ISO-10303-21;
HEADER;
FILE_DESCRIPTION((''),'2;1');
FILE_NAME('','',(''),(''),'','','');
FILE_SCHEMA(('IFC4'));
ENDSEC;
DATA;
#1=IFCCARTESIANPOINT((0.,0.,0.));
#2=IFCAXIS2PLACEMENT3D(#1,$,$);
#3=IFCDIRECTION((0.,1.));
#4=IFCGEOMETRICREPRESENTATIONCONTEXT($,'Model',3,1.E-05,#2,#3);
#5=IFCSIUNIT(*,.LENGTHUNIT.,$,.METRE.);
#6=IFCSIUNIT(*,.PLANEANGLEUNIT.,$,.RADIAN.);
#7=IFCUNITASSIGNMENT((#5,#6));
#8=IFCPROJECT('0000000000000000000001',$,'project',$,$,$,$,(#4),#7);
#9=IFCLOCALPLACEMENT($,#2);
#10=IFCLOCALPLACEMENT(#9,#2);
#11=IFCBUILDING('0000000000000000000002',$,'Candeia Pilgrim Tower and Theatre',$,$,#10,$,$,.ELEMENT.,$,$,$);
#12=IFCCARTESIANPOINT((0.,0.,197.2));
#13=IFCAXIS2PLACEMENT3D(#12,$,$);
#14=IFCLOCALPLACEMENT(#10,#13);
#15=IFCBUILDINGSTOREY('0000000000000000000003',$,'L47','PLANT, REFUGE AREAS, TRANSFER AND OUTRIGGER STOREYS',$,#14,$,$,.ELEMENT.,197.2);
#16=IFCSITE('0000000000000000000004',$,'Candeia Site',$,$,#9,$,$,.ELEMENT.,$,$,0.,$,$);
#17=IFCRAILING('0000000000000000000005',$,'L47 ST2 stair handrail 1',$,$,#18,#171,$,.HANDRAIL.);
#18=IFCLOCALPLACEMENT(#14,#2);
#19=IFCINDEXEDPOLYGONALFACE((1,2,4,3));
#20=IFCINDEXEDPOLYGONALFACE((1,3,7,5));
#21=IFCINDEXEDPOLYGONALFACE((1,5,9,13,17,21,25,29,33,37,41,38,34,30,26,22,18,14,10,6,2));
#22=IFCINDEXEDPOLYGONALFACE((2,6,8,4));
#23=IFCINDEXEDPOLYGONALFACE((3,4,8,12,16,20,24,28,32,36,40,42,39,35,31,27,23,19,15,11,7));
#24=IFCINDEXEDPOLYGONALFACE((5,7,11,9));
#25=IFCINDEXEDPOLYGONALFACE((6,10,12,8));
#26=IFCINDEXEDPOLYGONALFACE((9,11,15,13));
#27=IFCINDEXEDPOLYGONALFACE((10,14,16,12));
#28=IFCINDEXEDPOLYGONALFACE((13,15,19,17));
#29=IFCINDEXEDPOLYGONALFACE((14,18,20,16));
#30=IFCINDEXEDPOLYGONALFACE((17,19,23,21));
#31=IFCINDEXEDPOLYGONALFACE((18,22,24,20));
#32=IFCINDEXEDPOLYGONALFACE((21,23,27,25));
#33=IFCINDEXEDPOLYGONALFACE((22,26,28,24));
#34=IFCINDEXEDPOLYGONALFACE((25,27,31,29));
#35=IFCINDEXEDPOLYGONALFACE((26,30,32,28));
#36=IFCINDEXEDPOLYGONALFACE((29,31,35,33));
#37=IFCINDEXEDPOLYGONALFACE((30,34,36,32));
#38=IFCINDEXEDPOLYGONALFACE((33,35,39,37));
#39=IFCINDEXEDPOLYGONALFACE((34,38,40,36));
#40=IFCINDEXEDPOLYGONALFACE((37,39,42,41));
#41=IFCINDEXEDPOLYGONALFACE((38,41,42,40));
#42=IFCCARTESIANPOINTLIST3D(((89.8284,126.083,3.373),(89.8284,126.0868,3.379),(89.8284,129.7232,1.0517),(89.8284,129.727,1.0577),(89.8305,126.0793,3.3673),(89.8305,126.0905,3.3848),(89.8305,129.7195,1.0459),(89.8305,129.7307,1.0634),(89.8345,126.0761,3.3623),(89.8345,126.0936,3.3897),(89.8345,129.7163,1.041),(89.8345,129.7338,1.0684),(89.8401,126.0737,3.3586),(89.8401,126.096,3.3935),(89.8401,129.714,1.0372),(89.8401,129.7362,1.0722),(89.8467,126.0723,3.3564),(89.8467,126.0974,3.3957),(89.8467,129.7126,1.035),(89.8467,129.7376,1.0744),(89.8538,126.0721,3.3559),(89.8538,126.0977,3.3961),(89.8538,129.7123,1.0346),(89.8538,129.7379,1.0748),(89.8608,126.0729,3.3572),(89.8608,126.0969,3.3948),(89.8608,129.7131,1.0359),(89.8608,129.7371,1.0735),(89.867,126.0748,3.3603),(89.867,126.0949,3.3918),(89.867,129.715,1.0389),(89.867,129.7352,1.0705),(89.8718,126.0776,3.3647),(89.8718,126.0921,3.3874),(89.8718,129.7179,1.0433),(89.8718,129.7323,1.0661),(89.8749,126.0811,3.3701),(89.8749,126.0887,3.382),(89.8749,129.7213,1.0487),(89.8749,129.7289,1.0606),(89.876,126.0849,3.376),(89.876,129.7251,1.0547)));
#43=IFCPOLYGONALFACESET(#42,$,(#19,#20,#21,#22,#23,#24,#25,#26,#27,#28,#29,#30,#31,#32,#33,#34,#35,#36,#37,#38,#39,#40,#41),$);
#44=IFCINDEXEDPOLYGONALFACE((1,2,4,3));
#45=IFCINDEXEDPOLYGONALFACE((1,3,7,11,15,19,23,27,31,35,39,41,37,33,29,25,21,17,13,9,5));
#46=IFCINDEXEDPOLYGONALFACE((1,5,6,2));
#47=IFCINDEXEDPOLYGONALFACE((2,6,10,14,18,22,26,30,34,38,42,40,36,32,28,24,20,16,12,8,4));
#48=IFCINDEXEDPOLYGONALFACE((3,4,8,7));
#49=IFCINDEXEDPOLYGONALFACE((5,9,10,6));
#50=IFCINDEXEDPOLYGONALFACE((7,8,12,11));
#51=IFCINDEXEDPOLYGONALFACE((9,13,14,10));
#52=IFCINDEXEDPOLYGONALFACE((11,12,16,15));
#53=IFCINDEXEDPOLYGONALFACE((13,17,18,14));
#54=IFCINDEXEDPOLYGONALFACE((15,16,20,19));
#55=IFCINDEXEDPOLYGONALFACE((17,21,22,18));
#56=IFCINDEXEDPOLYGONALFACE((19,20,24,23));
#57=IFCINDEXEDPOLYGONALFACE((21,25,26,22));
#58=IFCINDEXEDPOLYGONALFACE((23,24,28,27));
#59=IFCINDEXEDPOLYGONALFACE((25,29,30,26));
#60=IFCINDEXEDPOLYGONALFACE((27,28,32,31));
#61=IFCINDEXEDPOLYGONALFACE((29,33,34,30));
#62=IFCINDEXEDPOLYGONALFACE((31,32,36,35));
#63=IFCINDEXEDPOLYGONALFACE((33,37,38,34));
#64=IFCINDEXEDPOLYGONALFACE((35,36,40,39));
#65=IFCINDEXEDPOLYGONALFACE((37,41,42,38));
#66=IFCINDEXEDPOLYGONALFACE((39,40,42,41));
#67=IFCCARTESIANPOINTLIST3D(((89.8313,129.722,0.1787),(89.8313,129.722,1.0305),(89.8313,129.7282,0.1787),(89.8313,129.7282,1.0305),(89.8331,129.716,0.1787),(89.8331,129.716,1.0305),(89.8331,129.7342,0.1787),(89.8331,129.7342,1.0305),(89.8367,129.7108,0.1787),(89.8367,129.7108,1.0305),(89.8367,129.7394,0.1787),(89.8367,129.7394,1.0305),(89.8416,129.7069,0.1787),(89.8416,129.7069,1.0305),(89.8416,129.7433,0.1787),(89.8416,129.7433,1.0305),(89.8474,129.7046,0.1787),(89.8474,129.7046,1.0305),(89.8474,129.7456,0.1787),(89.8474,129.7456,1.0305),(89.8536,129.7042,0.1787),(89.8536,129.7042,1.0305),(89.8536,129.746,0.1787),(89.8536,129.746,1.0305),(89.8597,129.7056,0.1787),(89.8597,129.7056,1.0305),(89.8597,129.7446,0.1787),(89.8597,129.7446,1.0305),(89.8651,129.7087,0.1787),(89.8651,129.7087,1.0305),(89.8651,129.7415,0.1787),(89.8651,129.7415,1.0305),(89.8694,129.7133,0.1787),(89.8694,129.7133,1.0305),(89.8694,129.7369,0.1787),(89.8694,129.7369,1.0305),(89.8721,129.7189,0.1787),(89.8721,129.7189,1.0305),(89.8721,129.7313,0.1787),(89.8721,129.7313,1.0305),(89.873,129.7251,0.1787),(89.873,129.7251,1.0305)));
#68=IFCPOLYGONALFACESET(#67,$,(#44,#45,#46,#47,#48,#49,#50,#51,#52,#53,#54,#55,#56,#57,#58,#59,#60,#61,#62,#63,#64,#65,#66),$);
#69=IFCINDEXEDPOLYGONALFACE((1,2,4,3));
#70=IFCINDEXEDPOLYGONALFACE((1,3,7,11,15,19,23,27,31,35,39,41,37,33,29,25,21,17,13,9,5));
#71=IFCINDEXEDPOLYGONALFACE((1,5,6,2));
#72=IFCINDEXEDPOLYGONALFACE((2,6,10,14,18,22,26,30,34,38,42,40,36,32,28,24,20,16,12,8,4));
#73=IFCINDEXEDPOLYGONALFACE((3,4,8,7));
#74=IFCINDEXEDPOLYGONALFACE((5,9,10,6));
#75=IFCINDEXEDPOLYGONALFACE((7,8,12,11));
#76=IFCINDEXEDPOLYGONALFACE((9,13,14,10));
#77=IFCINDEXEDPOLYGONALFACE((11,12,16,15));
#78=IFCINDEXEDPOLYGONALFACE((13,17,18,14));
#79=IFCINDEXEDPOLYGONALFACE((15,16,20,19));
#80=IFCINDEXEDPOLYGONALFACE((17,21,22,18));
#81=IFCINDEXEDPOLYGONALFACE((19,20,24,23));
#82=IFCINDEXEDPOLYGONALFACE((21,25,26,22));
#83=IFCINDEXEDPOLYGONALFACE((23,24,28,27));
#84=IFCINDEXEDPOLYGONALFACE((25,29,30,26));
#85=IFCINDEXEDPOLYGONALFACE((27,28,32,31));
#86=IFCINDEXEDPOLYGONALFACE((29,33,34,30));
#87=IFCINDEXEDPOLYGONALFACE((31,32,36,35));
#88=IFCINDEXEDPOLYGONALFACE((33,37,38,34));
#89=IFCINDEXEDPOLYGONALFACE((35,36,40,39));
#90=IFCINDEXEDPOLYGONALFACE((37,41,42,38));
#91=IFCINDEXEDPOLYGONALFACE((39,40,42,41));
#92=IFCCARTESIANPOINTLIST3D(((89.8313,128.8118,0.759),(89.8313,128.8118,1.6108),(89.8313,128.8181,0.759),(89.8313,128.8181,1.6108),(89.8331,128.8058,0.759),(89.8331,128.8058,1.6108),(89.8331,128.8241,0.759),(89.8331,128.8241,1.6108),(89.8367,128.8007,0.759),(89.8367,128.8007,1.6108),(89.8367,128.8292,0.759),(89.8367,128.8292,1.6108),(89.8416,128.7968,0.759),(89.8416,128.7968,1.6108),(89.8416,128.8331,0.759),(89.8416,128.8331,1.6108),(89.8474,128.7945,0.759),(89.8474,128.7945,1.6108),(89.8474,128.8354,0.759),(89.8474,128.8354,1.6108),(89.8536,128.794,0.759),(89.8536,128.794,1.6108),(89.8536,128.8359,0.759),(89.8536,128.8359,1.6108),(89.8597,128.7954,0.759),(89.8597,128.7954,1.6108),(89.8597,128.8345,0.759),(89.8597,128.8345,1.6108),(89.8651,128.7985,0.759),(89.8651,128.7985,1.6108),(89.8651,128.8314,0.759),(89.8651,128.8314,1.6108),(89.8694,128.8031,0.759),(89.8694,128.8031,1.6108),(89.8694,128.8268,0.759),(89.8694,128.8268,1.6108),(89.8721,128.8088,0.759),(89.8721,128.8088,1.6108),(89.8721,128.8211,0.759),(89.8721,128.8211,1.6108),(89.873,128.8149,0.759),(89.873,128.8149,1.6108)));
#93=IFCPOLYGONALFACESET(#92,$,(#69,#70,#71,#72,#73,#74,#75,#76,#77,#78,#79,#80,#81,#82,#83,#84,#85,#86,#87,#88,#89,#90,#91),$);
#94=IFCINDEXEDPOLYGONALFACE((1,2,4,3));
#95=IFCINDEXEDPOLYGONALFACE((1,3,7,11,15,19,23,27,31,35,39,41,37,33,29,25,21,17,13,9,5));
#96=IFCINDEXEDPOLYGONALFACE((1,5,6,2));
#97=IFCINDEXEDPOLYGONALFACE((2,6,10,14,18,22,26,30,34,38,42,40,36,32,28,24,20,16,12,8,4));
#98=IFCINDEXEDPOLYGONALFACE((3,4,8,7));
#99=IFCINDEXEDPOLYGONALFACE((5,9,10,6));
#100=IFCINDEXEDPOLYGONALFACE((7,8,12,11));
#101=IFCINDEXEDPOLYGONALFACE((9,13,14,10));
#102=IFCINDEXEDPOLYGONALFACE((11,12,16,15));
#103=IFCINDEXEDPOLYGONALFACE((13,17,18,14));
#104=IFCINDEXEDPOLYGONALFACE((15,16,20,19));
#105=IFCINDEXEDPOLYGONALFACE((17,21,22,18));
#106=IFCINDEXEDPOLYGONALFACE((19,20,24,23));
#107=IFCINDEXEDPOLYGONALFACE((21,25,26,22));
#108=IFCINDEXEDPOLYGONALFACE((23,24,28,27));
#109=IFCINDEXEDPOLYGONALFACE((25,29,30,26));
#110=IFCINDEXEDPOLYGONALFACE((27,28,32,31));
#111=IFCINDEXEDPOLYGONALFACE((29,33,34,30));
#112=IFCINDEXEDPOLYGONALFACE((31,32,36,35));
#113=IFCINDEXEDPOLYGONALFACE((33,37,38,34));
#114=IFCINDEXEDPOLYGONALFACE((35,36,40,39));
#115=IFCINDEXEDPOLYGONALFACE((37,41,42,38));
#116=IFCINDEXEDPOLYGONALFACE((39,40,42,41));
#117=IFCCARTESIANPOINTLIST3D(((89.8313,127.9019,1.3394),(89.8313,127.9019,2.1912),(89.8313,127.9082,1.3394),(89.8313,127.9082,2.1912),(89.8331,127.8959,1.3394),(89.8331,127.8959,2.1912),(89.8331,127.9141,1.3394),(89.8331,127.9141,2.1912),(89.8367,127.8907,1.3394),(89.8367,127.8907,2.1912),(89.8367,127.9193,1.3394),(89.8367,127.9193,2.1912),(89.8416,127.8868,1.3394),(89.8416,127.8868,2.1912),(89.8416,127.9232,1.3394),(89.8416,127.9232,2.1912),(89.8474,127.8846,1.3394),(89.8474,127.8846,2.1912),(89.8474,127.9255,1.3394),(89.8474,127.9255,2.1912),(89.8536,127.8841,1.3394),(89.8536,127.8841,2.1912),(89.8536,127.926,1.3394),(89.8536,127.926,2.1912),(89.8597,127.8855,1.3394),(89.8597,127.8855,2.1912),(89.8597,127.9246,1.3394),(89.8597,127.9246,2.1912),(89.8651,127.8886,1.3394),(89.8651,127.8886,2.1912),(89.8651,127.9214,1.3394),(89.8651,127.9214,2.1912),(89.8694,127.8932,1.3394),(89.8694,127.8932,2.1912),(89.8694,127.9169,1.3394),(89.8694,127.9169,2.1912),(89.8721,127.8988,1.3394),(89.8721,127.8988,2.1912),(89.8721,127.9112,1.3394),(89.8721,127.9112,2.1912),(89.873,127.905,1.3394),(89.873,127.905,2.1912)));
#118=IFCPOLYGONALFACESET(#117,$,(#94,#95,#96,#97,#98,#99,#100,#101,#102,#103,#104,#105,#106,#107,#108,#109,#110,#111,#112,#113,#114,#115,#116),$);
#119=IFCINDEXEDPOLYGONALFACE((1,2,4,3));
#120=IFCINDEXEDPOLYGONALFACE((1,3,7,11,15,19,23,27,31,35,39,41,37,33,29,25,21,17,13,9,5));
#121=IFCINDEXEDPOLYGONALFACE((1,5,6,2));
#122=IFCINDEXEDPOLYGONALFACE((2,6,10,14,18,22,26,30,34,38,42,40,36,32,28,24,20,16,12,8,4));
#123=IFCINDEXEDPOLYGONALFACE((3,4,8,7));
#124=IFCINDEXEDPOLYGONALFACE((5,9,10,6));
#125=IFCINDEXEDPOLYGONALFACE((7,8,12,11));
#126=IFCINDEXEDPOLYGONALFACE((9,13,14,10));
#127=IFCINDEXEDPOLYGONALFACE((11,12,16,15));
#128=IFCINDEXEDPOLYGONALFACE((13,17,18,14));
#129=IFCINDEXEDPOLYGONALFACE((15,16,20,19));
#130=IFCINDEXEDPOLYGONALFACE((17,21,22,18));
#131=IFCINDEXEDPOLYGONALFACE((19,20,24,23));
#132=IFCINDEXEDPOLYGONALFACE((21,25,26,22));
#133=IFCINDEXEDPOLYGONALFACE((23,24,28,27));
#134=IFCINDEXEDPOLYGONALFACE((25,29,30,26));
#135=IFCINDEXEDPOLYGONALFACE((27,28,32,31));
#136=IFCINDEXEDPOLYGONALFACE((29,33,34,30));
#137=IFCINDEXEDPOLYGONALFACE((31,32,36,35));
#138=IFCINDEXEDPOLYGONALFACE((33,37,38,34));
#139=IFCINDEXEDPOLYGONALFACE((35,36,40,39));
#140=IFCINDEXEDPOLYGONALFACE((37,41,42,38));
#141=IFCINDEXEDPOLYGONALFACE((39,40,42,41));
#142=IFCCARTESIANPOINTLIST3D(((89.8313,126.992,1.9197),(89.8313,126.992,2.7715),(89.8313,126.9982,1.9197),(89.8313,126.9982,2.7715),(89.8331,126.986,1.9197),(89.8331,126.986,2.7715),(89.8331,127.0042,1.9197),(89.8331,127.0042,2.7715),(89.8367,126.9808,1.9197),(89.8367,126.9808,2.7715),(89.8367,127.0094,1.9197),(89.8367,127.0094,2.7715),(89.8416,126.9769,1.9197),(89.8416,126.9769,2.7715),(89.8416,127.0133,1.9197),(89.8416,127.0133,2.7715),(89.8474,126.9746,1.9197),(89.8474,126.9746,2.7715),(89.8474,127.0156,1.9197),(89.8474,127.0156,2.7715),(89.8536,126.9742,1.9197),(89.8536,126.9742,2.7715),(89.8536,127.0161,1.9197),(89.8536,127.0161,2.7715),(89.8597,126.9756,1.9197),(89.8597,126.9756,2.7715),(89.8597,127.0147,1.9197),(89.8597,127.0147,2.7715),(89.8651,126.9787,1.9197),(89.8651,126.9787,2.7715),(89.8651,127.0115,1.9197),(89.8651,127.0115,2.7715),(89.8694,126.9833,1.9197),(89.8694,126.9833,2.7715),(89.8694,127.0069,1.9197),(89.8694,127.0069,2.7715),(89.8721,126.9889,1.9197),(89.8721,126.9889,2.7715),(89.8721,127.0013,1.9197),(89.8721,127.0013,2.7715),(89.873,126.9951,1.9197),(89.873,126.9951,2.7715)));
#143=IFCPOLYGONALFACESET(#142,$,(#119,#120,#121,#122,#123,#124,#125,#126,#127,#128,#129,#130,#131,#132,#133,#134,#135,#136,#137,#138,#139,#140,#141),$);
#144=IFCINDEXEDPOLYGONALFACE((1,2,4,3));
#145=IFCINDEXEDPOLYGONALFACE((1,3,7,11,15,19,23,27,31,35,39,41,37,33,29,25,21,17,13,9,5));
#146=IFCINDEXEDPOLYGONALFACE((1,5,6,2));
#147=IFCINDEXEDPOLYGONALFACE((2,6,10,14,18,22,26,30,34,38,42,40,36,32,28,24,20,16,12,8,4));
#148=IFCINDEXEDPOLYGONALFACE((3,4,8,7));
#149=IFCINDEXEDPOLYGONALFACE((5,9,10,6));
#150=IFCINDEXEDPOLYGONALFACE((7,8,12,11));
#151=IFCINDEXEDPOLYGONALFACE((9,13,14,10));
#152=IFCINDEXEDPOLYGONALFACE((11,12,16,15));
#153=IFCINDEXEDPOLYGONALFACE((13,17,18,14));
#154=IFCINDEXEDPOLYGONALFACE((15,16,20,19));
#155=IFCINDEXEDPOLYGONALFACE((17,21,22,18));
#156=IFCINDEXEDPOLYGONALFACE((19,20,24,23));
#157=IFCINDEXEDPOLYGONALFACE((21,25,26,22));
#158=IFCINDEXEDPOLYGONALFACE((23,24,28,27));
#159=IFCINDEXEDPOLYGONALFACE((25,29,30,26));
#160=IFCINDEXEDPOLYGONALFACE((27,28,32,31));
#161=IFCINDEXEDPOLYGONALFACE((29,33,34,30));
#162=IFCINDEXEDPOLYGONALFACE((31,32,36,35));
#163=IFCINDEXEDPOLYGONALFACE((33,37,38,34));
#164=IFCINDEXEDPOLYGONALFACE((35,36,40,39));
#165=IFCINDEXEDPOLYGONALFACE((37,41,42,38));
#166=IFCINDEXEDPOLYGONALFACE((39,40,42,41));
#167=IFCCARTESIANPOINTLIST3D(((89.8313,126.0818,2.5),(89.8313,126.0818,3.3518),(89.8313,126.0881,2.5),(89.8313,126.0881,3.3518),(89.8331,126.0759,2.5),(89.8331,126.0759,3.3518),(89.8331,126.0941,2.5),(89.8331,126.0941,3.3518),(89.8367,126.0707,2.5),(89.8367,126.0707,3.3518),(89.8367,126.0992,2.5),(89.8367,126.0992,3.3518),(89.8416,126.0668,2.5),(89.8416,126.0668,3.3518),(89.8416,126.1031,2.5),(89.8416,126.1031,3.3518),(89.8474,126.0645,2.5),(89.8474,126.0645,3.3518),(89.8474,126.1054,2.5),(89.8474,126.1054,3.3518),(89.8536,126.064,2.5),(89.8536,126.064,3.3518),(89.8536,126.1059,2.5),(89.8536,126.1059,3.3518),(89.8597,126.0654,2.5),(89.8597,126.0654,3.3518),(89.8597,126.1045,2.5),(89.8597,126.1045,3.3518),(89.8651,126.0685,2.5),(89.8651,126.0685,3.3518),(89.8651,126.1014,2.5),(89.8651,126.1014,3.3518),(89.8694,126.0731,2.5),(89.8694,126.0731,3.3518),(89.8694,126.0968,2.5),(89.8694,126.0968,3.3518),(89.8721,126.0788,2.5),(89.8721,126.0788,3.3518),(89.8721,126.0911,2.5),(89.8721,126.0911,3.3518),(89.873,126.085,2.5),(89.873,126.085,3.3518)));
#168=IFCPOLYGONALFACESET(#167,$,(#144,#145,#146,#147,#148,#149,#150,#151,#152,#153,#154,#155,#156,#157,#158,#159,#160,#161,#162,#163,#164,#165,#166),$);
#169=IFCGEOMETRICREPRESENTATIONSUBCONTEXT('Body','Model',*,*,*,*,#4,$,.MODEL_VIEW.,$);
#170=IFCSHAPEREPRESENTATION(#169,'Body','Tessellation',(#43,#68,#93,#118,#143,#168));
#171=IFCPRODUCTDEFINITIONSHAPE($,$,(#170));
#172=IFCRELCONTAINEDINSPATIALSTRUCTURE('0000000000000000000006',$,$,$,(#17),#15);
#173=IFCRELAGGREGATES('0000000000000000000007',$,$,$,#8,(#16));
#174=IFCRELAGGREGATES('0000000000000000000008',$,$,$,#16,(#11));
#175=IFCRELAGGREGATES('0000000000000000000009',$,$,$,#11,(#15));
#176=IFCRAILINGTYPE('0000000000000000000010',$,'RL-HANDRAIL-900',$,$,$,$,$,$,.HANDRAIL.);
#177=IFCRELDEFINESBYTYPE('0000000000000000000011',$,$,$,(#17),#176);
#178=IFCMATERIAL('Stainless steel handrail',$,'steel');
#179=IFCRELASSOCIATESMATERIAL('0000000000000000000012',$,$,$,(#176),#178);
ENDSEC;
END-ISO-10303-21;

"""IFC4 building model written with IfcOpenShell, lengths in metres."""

from ifc_helpers import new_model, si_unit, direction, frame, origin, origin_2d, place, context, subcontext, project, spatial, circle, extrude, material, type_object, element, save


model = new_model("IFC4")

# Units and contexts
model_context = context("Model", 3, precision=1e-05, world=origin(), true_north=direction((0.0, 1.0)))
body_context = subcontext(model_context, "Body", "Model", "MODEL_VIEW")
ifc_project = project(units=[si_unit("LENGTHUNIT", "METRE"), si_unit("PLANEANGLEUNIT", "RADIAN")], contexts=[model_context])

# Site, building, storey
site_placement = place(None, origin())
site = spatial("IfcSite", under=ifc_project, at=site_placement, Name="Candeia Site", CompositionType="ELEMENT", RefElevation=0.0)
building_placement = place(site_placement, origin())
building = spatial("IfcBuilding", under=site, at=building_placement, Name="Candeia Pilgrim Tower and Theatre", CompositionType="ELEMENT")
storey_placement = place(building_placement, frame((0.0, 0.0, 197.2)))
storey = spatial("IfcBuildingStorey", under=building, at=storey_placement, Name="L47", Description="PLANT, REFUGE AREAS, TRANSFER AND OUTRIGGER STOREYS", CompositionType="ELEMENT", Elevation=197.2)

# Railing
ifc_material_1 = material(Name="Stainless steel handrail", Category="steel")
railing_type_1 = type_object("IfcRailingType", Name="RL-HANDRAIL-900", PredefinedType="HANDRAIL", material=ifc_material_1)
railing_1_placement = place(storey_placement, frame((89.8521, 129.7251, 0.1787)))
element("IfcRailing", 1, at=railing_1_placement, inside=storey, type_object=railing_type_1, Name="L47 ST2 stair handrail 1", PredefinedType="HANDRAIL", context=body_context, shape_type="SweptSolid", body=[
    extrude(circle(Radius=0.0239, at=origin_2d()), frame((0.0, 0.0, 0.876), z_axis=(0.0, -0.843153, 0.537673), x_axis=(1.0, 0.0, 0.0)), (0.0, 0.0, 1.0), 4.3174),
    extrude(circle(Radius=0.021, at=origin_2d()), origin(), (0.0, 0.0, 1.0), 0.8518),
    extrude(circle(Radius=0.021, at=origin_2d()), frame((0.0, -0.9102, 0.5803)), (0.0, 0.0, 1.0), 0.8518),
    extrude(circle(Radius=0.021, at=origin_2d()), frame((0.0, -1.8201, 1.1606)), (0.0, 0.0, 1.0), 0.8518),
    extrude(circle(Radius=0.021, at=origin_2d()), frame((0.0, -2.73, 1.741)), (0.0, 0.0, 1.0), 0.8518),
    extrude(circle(Radius=0.021, at=origin_2d()), frame((0.0, -3.6401, 2.3213)), (0.0, 0.0, 1.0), 0.8518),
])

save(model, "model.ifc")
